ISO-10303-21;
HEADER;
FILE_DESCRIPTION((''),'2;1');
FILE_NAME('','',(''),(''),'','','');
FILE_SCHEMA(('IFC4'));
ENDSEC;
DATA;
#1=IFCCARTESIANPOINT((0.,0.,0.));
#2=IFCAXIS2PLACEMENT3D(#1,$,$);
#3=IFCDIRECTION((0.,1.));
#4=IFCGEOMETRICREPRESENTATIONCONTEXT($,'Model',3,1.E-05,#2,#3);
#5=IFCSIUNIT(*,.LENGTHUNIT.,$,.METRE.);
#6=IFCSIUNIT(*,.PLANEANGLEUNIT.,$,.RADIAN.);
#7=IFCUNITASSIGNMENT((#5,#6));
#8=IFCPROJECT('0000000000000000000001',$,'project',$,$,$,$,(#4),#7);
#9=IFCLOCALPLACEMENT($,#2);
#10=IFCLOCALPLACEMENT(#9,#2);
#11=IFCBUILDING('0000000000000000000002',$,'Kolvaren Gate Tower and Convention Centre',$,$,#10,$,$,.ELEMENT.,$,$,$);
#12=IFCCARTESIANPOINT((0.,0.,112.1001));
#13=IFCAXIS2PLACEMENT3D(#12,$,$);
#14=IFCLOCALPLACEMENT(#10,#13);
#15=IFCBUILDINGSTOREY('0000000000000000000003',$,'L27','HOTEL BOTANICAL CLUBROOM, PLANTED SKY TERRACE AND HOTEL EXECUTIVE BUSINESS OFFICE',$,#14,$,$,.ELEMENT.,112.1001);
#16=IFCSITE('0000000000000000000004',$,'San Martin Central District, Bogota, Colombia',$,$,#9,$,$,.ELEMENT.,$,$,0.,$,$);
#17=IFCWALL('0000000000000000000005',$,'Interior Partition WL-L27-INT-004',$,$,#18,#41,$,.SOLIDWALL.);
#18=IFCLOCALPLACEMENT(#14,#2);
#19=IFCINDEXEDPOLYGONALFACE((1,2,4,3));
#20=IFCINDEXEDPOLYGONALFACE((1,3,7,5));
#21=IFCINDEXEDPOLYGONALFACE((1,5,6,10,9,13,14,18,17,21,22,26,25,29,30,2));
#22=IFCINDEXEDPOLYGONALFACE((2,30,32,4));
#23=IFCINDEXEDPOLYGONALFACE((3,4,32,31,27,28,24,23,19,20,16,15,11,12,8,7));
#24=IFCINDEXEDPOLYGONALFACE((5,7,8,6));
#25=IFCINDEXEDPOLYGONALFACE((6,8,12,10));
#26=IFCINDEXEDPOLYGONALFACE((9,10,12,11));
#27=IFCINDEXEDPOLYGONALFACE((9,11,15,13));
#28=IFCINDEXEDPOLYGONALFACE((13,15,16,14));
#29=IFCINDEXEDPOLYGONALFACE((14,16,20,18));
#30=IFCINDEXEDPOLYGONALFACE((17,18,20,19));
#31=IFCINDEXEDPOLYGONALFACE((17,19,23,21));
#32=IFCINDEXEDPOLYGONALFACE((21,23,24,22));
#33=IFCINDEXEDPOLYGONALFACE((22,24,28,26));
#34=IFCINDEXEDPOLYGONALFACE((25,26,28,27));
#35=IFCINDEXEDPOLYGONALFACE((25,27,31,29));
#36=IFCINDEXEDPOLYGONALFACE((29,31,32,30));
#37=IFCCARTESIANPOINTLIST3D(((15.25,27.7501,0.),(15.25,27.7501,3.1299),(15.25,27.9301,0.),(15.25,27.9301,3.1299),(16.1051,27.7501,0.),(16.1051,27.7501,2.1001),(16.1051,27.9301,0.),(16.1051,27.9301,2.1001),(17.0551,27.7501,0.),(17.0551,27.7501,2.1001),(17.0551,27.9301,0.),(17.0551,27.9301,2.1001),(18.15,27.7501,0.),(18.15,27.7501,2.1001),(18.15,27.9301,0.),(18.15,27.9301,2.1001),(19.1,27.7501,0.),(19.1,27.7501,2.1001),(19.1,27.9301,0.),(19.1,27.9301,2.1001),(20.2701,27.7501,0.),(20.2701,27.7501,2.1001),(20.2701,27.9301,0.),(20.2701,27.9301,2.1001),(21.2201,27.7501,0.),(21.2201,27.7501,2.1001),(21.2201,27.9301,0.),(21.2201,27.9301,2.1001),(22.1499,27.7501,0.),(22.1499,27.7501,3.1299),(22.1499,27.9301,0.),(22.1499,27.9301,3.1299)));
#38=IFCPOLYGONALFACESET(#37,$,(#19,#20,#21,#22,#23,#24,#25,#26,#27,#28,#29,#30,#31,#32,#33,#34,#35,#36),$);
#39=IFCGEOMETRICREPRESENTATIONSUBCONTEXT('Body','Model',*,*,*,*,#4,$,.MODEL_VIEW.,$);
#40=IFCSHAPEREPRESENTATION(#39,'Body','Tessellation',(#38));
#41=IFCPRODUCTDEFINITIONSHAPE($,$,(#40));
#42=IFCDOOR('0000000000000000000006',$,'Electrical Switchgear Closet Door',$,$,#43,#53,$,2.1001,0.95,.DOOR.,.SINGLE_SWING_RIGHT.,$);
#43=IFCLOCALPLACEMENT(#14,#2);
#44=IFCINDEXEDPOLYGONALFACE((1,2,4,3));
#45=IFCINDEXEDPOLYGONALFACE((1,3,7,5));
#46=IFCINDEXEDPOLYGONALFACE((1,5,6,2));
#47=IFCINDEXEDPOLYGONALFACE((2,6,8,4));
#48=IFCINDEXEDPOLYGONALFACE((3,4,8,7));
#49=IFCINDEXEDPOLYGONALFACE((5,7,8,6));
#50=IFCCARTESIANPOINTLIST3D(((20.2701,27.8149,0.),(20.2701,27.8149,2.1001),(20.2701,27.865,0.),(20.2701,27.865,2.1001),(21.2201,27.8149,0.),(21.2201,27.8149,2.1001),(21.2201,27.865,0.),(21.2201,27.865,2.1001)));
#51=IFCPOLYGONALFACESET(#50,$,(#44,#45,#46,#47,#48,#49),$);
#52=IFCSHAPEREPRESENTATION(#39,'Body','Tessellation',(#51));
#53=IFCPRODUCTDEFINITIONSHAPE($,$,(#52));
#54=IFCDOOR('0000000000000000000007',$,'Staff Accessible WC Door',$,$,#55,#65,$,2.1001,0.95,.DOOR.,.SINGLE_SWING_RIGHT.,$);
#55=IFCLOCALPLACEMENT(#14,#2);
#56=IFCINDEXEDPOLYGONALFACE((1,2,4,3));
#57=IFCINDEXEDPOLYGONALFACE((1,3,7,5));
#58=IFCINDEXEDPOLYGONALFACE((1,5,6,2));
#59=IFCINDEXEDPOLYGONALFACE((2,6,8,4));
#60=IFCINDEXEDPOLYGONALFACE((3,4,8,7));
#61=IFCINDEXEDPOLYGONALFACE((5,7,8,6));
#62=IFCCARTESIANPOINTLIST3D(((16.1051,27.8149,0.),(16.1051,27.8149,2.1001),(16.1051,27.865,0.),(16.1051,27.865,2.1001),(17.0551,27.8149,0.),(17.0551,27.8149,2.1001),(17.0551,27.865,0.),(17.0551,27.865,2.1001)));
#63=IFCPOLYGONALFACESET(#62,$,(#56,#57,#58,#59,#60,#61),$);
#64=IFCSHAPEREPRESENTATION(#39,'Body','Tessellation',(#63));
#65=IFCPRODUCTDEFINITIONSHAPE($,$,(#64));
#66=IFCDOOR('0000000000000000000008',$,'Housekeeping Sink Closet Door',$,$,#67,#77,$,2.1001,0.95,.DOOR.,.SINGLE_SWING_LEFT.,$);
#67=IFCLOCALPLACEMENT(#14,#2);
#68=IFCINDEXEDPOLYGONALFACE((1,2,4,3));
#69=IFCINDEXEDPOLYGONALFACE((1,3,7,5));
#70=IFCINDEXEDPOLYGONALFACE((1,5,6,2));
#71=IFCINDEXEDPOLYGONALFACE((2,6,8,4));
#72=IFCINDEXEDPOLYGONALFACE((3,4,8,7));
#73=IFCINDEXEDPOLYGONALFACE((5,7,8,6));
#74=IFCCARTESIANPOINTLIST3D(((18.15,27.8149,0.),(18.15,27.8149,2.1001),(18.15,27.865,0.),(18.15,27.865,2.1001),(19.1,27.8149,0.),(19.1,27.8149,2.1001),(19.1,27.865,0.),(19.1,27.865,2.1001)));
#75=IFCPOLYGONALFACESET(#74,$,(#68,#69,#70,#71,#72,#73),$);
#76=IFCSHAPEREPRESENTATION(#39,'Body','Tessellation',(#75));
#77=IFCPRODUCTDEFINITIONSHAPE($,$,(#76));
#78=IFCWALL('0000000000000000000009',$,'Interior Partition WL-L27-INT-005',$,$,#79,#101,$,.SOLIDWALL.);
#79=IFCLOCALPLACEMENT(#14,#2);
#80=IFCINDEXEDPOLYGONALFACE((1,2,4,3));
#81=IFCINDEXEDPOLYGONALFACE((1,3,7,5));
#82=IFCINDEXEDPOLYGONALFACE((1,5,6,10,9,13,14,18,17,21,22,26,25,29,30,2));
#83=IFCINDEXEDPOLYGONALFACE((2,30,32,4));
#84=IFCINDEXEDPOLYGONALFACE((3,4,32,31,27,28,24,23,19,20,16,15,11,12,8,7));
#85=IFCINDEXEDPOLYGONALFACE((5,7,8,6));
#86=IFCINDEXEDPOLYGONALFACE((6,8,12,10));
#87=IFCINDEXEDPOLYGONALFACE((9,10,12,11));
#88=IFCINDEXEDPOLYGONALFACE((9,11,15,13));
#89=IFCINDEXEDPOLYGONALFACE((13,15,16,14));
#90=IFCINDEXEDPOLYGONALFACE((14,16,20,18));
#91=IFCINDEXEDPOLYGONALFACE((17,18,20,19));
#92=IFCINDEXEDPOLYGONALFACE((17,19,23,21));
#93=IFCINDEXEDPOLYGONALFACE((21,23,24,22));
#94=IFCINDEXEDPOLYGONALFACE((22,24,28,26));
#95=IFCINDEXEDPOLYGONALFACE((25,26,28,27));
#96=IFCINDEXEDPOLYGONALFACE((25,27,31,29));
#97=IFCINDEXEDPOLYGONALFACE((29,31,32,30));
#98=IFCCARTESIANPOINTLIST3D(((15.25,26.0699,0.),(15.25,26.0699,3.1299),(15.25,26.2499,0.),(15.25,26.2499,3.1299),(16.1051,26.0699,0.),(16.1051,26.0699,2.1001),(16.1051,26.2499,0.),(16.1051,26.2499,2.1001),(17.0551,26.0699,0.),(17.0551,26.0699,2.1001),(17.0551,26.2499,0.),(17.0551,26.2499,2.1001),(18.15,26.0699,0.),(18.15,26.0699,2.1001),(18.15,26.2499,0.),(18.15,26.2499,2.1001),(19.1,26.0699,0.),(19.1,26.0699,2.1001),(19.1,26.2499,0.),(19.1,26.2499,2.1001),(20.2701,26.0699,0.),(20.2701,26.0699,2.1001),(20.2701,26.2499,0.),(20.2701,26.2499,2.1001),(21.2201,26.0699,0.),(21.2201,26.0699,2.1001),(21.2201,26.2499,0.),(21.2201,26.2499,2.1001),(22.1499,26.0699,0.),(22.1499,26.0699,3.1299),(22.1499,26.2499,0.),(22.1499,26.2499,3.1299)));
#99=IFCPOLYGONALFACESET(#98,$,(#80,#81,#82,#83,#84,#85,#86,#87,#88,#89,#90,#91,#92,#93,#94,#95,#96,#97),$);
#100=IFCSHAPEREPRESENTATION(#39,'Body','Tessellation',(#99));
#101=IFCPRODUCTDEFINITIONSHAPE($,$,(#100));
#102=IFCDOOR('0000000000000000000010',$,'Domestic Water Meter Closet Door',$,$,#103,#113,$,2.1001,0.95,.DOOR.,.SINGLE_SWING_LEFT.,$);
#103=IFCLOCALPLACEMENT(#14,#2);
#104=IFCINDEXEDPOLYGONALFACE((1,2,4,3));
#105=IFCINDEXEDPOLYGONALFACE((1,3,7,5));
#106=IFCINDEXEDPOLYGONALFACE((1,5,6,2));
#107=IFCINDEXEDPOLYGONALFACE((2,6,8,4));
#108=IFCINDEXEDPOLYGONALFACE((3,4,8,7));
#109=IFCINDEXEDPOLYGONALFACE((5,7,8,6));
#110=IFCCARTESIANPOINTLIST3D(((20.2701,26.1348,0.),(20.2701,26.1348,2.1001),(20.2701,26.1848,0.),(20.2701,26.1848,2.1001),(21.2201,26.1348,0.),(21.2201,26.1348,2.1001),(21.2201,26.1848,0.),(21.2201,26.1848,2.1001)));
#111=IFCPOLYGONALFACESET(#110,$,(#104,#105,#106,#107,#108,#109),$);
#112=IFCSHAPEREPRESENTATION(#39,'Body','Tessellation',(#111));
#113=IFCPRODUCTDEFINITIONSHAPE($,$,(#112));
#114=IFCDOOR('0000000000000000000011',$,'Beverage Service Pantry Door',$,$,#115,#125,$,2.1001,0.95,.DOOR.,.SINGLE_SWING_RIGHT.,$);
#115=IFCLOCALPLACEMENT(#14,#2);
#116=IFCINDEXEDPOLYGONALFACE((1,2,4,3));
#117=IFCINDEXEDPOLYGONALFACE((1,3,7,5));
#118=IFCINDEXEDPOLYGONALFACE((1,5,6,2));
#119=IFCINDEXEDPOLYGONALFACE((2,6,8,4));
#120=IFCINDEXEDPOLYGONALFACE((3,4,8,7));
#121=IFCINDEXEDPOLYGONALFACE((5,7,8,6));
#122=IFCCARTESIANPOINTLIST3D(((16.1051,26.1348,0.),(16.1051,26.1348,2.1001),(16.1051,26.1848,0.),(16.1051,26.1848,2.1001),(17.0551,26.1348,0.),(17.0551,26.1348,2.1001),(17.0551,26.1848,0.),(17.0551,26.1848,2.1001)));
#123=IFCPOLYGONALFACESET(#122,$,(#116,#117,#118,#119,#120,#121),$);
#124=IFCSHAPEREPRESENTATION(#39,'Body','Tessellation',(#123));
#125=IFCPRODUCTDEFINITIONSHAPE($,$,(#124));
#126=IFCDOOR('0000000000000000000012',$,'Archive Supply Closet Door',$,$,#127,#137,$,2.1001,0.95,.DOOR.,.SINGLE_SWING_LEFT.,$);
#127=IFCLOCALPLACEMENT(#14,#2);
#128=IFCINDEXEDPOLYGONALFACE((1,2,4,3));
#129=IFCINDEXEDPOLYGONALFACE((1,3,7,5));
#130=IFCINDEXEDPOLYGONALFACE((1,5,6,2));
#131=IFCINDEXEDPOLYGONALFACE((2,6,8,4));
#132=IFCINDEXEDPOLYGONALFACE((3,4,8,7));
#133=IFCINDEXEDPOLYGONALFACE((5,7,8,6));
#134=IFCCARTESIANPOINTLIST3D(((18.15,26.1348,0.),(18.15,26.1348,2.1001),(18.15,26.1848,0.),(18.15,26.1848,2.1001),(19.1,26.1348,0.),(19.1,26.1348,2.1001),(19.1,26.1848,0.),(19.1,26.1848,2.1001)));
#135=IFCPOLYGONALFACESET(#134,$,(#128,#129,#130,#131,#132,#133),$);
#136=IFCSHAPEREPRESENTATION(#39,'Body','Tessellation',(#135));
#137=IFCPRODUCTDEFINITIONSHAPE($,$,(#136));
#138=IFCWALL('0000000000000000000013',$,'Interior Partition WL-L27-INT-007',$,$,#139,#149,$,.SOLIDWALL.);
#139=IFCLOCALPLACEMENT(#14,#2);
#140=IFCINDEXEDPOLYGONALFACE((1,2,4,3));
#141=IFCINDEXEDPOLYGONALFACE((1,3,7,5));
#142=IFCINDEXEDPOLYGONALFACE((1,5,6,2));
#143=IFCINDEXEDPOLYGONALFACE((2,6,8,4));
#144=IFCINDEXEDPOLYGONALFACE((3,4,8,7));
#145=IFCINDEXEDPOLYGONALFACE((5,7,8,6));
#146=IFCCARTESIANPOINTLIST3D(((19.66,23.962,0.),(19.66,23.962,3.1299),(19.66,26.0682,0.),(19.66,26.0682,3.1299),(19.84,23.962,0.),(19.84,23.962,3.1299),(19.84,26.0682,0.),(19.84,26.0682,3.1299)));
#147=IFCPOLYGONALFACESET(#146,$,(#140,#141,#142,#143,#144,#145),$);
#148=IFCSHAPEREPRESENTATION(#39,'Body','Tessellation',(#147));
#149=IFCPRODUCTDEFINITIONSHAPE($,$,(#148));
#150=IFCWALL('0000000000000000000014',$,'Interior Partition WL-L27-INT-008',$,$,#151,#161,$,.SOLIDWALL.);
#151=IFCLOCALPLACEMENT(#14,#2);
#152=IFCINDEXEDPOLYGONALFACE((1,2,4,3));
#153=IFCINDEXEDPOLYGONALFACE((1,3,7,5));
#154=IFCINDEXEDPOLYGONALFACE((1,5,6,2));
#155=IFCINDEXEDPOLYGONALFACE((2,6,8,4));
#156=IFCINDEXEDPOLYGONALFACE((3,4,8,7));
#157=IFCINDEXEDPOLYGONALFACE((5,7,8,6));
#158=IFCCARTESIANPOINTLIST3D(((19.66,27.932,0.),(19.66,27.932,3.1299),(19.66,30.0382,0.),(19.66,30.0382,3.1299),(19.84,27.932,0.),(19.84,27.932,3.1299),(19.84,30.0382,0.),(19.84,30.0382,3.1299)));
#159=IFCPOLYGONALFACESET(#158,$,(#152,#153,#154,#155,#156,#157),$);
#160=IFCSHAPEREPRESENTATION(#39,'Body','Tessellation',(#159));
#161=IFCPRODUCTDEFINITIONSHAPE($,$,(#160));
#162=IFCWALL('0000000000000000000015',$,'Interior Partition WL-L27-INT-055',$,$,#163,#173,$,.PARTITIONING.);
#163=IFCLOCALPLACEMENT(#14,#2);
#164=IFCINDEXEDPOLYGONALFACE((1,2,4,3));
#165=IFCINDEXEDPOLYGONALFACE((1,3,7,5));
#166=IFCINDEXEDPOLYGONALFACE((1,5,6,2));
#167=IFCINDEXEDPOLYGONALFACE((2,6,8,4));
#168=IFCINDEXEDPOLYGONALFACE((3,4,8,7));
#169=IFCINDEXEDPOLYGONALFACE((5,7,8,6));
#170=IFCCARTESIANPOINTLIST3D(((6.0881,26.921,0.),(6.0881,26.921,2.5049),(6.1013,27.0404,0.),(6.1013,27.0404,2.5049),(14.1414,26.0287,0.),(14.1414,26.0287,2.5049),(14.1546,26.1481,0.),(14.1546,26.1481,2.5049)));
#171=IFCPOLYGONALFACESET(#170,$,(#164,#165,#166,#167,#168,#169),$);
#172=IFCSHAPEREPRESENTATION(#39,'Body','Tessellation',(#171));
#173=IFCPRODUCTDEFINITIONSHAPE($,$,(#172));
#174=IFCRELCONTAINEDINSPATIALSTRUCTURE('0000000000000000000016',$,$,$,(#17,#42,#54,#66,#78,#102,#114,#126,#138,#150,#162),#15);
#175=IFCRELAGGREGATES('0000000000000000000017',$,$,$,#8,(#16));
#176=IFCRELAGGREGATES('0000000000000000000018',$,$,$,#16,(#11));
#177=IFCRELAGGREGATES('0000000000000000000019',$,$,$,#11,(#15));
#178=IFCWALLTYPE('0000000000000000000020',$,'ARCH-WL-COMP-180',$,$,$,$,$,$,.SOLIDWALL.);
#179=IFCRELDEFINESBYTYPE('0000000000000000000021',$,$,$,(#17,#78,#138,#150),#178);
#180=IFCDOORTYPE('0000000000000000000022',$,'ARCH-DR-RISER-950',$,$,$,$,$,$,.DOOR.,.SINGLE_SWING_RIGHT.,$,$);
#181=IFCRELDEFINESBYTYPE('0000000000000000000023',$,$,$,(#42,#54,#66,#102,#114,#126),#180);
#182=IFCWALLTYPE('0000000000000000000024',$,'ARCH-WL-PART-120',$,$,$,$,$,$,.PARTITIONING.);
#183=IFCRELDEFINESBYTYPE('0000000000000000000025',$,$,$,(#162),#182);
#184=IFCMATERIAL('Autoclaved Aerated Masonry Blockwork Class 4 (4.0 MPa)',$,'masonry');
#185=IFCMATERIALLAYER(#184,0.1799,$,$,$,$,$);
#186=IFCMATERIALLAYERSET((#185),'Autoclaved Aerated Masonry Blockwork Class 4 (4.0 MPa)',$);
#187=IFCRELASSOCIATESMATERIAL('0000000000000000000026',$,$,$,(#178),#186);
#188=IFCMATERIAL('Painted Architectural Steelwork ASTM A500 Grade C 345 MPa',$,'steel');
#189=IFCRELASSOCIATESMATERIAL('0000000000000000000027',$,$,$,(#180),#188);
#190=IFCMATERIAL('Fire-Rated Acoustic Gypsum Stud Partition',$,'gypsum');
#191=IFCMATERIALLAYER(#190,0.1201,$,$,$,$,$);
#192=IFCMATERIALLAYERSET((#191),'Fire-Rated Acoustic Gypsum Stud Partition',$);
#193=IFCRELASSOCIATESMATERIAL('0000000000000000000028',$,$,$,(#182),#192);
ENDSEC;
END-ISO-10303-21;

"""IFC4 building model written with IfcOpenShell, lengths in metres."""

from ifc_helpers import new_model, si_unit, direction, frame, frame_2d, origin, place, context, subcontext, project, spatial, rectangle, extrude, material, layer, layer_set, type_object, element, fill, save


model = new_model("IFC4")

# Units and contexts
model_context = context("Model", 3, precision=1e-05, world=origin(), true_north=direction((0.0, 1.0)))
body_context = subcontext(model_context, "Body", "Model", "MODEL_VIEW")
ifc_project = project(units=[si_unit("LENGTHUNIT", "METRE"), si_unit("PLANEANGLEUNIT", "RADIAN")], contexts=[model_context])

# Site, building, storey
site_placement = place(None, origin())
site = spatial("IfcSite", under=ifc_project, at=site_placement, Name="San Martin Central District, Bogota, Colombia", CompositionType="ELEMENT", RefElevation=0.0)
building_placement = place(site_placement, origin())
building = spatial("IfcBuilding", under=site, at=building_placement, Name="Kolvaren Gate Tower and Convention Centre", CompositionType="ELEMENT")
storey_placement = place(building_placement, frame((0.0, 0.0, 112.1001)))
storey = spatial("IfcBuildingStorey", under=building, at=storey_placement, Name="L27", Description="HOTEL BOTANICAL CLUBROOM, PLANTED SKY TERRACE AND HOTEL EXECUTIVE BUSINESS OFFICE", CompositionType="ELEMENT", Elevation=112.1001)

# Walls, openings, doors
ifc_material_1 = material(Name="Autoclaved Aerated Masonry Blockwork Class 4 (4.0 MPa)", Category="masonry")
ifc_layer_1 = layer(ifc_material_1, 0.1799)
ifc_layer_set_1 = layer_set([ifc_layer_1], Name="Autoclaved Aerated Masonry Blockwork Class 4 (4.0 MPa)")
wall_type_1 = type_object("IfcWallType", Name="ARCH-WL-COMP-180", PredefinedType="SOLIDWALL", material=ifc_layer_set_1)
wall_1_placement = place(storey_placement, frame((15.25, 27.8401, 0.0), z_axis=(0.0, 0.0, 1.0), x_axis=(1.0, 0.0, 0.0)))
wall_1 = element("IfcWall", 1, at=wall_1_placement, inside=storey, type_object=wall_type_1, Name="Interior Partition WL-L27-INT-004", PredefinedType="SOLIDWALL", context=body_context, shape_type="SweptSolid", body=[
    extrude(rectangle(XDim=6.8999, YDim=0.1799, at=frame_2d((3.45, 0.0))), origin(), (0.0, 0.0, 1.0), 3.1299),
])
opening_1_placement = place(wall_1_placement, frame((5.02, 0.0, 0.0)))
opening_1 = element("IfcOpeningElement", 2, at=opening_1_placement, cuts=wall_1, PredefinedType="OPENING", context=body_context, shape_type="SweptSolid", body=[
    extrude(rectangle(XDim=0.95, YDim=2.1001, at=frame_2d((0.4751, 1.05))), frame((0.0, 0.0999, 0.0), z_axis=(0.0, -1.0, 0.0), x_axis=(1.0, 0.0, 0.0)), (0.0, 0.0, 1.0), 0.2),
])
opening_2_placement = place(wall_1_placement, frame((0.855, 0.0, 0.0)))
opening_2 = element("IfcOpeningElement", 3, at=opening_2_placement, cuts=wall_1, PredefinedType="OPENING", context=body_context, shape_type="SweptSolid", body=[
    extrude(rectangle(XDim=0.95, YDim=2.1001, at=frame_2d((0.4751, 1.05))), frame((0.0, 0.0999, 0.0), z_axis=(0.0, -1.0, 0.0), x_axis=(1.0, 0.0, 0.0)), (0.0, 0.0, 1.0), 0.2),
])
opening_3_placement = place(wall_1_placement, frame((2.8999, 0.0, 0.0)))
opening_3 = element("IfcOpeningElement", 4, at=opening_3_placement, cuts=wall_1, PredefinedType="OPENING", context=body_context, shape_type="SweptSolid", body=[
    extrude(rectangle(XDim=0.95, YDim=2.1001, at=frame_2d((0.4751, 1.05))), frame((0.0, 0.0999, 0.0), z_axis=(0.0, -1.0, 0.0), x_axis=(1.0, 0.0, 0.0)), (0.0, 0.0, 1.0), 0.2),
])
ifc_material_2 = material(Name="Painted Architectural Steelwork ASTM A500 Grade C 345 MPa", Category="steel")
door_type_1 = type_object("IfcDoorType", Name="ARCH-DR-RISER-950", OperationType="SINGLE_SWING_RIGHT", PredefinedType="DOOR", material=ifc_material_2)
door_1_placement = place(opening_1_placement, origin())
door_1 = element("IfcDoor", 5, at=door_1_placement, inside=storey, type_object=door_type_1, Name="Electrical Switchgear Closet Door", OperationType="SINGLE_SWING_RIGHT", OverallHeight=2.1001, OverallWidth=0.95, PredefinedType="DOOR", context=body_context, shape_type="SweptSolid", body=[
    extrude(rectangle(XDim=0.95, YDim=2.1001, at=frame_2d((0.4751, 1.05))), frame((0.0, 0.0249, 0.0), z_axis=(0.0, -1.0, 0.0), x_axis=(1.0, 0.0, 0.0)), (0.0, 0.0, 1.0), 0.05),
])
fill(opening_1, door_1)
door_2_placement = place(opening_2_placement, origin())
door_2 = element("IfcDoor", 6, at=door_2_placement, inside=storey, type_object=door_type_1, Name="Staff Accessible WC Door", OperationType="SINGLE_SWING_RIGHT", OverallHeight=2.1001, OverallWidth=0.95, PredefinedType="DOOR", context=body_context, shape_type="SweptSolid", body=[
    extrude(rectangle(XDim=0.95, YDim=2.1001, at=frame_2d((0.4751, 1.05))), frame((0.0, 0.0249, 0.0), z_axis=(0.0, -1.0, 0.0), x_axis=(1.0, 0.0, 0.0)), (0.0, 0.0, 1.0), 0.05),
])
fill(opening_2, door_2)
door_3_placement = place(opening_3_placement, origin())
door_3 = element("IfcDoor", 7, at=door_3_placement, inside=storey, type_object=door_type_1, Name="Housekeeping Sink Closet Door", OperationType="SINGLE_SWING_LEFT", OverallHeight=2.1001, OverallWidth=0.95, PredefinedType="DOOR", context=body_context, shape_type="SweptSolid", body=[
    extrude(rectangle(XDim=0.95, YDim=2.1001, at=frame_2d((0.4751, 1.05))), frame((0.0, 0.0249, 0.0), z_axis=(0.0, -1.0, 0.0), x_axis=(1.0, 0.0, 0.0)), (0.0, 0.0, 1.0), 0.05),
])
fill(opening_3, door_3)
wall_2_placement = place(storey_placement, frame((15.25, 26.1599, 0.0), z_axis=(0.0, 0.0, 1.0), x_axis=(1.0, 0.0, 0.0)))
wall_2 = element("IfcWall", 8, at=wall_2_placement, inside=storey, type_object=wall_type_1, Name="Interior Partition WL-L27-INT-005", PredefinedType="SOLIDWALL", context=body_context, shape_type="SweptSolid", body=[
    extrude(rectangle(XDim=6.8999, YDim=0.1799, at=frame_2d((3.45, 0.0))), origin(), (0.0, 0.0, 1.0), 3.1299),
])
opening_4_placement = place(wall_2_placement, frame((5.02, 0.0, 0.0)))
opening_4 = element("IfcOpeningElement", 9, at=opening_4_placement, cuts=wall_2, PredefinedType="OPENING", context=body_context, shape_type="SweptSolid", body=[
    extrude(rectangle(XDim=0.95, YDim=2.1001, at=frame_2d((0.4751, 1.05))), frame((0.0, 0.0999, 0.0), z_axis=(0.0, -1.0, 0.0), x_axis=(1.0, 0.0, 0.0)), (0.0, 0.0, 1.0), 0.2),
])
opening_5_placement = place(wall_2_placement, frame((0.855, 0.0, 0.0)))
opening_5 = element("IfcOpeningElement", 10, at=opening_5_placement, cuts=wall_2, PredefinedType="OPENING", context=body_context, shape_type="SweptSolid", body=[
    extrude(rectangle(XDim=0.95, YDim=2.1001, at=frame_2d((0.4751, 1.05))), frame((0.0, 0.0999, 0.0), z_axis=(0.0, -1.0, 0.0), x_axis=(1.0, 0.0, 0.0)), (0.0, 0.0, 1.0), 0.2),
])
opening_6_placement = place(wall_2_placement, frame((2.8999, 0.0, 0.0)))
opening_6 = element("IfcOpeningElement", 11, at=opening_6_placement, cuts=wall_2, PredefinedType="OPENING", context=body_context, shape_type="SweptSolid", body=[
    extrude(rectangle(XDim=0.95, YDim=2.1001, at=frame_2d((0.4751, 1.05))), frame((0.0, 0.0999, 0.0), z_axis=(0.0, -1.0, 0.0), x_axis=(1.0, 0.0, 0.0)), (0.0, 0.0, 1.0), 0.2),
])
door_4_placement = place(opening_4_placement, origin())
door_4 = element("IfcDoor", 12, at=door_4_placement, inside=storey, type_object=door_type_1, Name="Domestic Water Meter Closet Door", OperationType="SINGLE_SWING_LEFT", OverallHeight=2.1001, OverallWidth=0.95, PredefinedType="DOOR", context=body_context, shape_type="SweptSolid", body=[
    extrude(rectangle(XDim=0.95, YDim=2.1001, at=frame_2d((0.4751, 1.05))), frame((0.0, 0.0249, 0.0), z_axis=(0.0, -1.0, 0.0), x_axis=(1.0, 0.0, 0.0)), (0.0, 0.0, 1.0), 0.05),
])
fill(opening_4, door_4)
door_5_placement = place(opening_5_placement, origin())
door_5 = element("IfcDoor", 13, at=door_5_placement, inside=storey, type_object=door_type_1, Name="Beverage Service Pantry Door", OperationType="SINGLE_SWING_RIGHT", OverallHeight=2.1001, OverallWidth=0.95, PredefinedType="DOOR", context=body_context, shape_type="SweptSolid", body=[
    extrude(rectangle(XDim=0.95, YDim=2.1001, at=frame_2d((0.4751, 1.05))), frame((0.0, 0.0249, 0.0), z_axis=(0.0, -1.0, 0.0), x_axis=(1.0, 0.0, 0.0)), (0.0, 0.0, 1.0), 0.05),
])
fill(opening_5, door_5)
door_6_placement = place(opening_6_placement, origin())
door_6 = element("IfcDoor", 14, at=door_6_placement, inside=storey, type_object=door_type_1, Name="Archive Supply Closet Door", OperationType="SINGLE_SWING_LEFT", OverallHeight=2.1001, OverallWidth=0.95, PredefinedType="DOOR", context=body_context, shape_type="SweptSolid", body=[
    extrude(rectangle(XDim=0.95, YDim=2.1001, at=frame_2d((0.4751, 1.05))), frame((0.0, 0.0249, 0.0), z_axis=(0.0, -1.0, 0.0), x_axis=(1.0, 0.0, 0.0)), (0.0, 0.0, 1.0), 0.05),
])
fill(opening_6, door_6)

# Walls
for number, where, z_axis, x_axis, name in (
    (15, (19.75, 23.9619, 0.0), (0.0, 0.0, 1.0), (0.0, 1.0, 0.0), "Interior Partition WL-L27-INT-007"),
    (16, (19.75, 27.9319, 0.0), (0.0, 0.0, 1.0), (0.0, 1.0, 0.0), "Interior Partition WL-L27-INT-008"),
):
    element("IfcWall", number, at=place(storey_placement, frame(where, z_axis=z_axis, x_axis=x_axis)), inside=storey, type_object=wall_type_1, Name=name, PredefinedType="SOLIDWALL", context=body_context, shape_type="SweptSolid", body=[
        extrude(rectangle(XDim=2.1062, YDim=0.1799, at=frame_2d((1.0532, 0.0))), origin(), (0.0, 0.0, 1.0), 3.1299),
    ])
ifc_material_3 = material(Name="Fire-Rated Acoustic Gypsum Stud Partition", Category="gypsum")
ifc_layer_2 = layer(ifc_material_3, 0.1201)
ifc_layer_set_2 = layer_set([ifc_layer_2], Name="Fire-Rated Acoustic Gypsum Stud Partition")
wall_type_2 = type_object("IfcWallType", Name="ARCH-WL-PART-120", PredefinedType="PARTITIONING", material=ifc_layer_set_2)
wall_3_placement = place(storey_placement, frame((6.0947, 26.9807, 0.0), z_axis=(0.0, 0.0, 1.0), x_axis=(0.993917, -0.110131, 0.0)))
element("IfcWall", 17, at=wall_3_placement, inside=storey, type_object=wall_type_2, Name="Interior Partition WL-L27-INT-055", PredefinedType="PARTITIONING", context=body_context, shape_type="SweptSolid", body=[
    extrude(rectangle(XDim=8.1025, YDim=0.1201, at=frame_2d((4.0513, 0.0))), origin(), (0.0, 0.0, 1.0), 2.5049),
])

save(model, "model.ifc")
